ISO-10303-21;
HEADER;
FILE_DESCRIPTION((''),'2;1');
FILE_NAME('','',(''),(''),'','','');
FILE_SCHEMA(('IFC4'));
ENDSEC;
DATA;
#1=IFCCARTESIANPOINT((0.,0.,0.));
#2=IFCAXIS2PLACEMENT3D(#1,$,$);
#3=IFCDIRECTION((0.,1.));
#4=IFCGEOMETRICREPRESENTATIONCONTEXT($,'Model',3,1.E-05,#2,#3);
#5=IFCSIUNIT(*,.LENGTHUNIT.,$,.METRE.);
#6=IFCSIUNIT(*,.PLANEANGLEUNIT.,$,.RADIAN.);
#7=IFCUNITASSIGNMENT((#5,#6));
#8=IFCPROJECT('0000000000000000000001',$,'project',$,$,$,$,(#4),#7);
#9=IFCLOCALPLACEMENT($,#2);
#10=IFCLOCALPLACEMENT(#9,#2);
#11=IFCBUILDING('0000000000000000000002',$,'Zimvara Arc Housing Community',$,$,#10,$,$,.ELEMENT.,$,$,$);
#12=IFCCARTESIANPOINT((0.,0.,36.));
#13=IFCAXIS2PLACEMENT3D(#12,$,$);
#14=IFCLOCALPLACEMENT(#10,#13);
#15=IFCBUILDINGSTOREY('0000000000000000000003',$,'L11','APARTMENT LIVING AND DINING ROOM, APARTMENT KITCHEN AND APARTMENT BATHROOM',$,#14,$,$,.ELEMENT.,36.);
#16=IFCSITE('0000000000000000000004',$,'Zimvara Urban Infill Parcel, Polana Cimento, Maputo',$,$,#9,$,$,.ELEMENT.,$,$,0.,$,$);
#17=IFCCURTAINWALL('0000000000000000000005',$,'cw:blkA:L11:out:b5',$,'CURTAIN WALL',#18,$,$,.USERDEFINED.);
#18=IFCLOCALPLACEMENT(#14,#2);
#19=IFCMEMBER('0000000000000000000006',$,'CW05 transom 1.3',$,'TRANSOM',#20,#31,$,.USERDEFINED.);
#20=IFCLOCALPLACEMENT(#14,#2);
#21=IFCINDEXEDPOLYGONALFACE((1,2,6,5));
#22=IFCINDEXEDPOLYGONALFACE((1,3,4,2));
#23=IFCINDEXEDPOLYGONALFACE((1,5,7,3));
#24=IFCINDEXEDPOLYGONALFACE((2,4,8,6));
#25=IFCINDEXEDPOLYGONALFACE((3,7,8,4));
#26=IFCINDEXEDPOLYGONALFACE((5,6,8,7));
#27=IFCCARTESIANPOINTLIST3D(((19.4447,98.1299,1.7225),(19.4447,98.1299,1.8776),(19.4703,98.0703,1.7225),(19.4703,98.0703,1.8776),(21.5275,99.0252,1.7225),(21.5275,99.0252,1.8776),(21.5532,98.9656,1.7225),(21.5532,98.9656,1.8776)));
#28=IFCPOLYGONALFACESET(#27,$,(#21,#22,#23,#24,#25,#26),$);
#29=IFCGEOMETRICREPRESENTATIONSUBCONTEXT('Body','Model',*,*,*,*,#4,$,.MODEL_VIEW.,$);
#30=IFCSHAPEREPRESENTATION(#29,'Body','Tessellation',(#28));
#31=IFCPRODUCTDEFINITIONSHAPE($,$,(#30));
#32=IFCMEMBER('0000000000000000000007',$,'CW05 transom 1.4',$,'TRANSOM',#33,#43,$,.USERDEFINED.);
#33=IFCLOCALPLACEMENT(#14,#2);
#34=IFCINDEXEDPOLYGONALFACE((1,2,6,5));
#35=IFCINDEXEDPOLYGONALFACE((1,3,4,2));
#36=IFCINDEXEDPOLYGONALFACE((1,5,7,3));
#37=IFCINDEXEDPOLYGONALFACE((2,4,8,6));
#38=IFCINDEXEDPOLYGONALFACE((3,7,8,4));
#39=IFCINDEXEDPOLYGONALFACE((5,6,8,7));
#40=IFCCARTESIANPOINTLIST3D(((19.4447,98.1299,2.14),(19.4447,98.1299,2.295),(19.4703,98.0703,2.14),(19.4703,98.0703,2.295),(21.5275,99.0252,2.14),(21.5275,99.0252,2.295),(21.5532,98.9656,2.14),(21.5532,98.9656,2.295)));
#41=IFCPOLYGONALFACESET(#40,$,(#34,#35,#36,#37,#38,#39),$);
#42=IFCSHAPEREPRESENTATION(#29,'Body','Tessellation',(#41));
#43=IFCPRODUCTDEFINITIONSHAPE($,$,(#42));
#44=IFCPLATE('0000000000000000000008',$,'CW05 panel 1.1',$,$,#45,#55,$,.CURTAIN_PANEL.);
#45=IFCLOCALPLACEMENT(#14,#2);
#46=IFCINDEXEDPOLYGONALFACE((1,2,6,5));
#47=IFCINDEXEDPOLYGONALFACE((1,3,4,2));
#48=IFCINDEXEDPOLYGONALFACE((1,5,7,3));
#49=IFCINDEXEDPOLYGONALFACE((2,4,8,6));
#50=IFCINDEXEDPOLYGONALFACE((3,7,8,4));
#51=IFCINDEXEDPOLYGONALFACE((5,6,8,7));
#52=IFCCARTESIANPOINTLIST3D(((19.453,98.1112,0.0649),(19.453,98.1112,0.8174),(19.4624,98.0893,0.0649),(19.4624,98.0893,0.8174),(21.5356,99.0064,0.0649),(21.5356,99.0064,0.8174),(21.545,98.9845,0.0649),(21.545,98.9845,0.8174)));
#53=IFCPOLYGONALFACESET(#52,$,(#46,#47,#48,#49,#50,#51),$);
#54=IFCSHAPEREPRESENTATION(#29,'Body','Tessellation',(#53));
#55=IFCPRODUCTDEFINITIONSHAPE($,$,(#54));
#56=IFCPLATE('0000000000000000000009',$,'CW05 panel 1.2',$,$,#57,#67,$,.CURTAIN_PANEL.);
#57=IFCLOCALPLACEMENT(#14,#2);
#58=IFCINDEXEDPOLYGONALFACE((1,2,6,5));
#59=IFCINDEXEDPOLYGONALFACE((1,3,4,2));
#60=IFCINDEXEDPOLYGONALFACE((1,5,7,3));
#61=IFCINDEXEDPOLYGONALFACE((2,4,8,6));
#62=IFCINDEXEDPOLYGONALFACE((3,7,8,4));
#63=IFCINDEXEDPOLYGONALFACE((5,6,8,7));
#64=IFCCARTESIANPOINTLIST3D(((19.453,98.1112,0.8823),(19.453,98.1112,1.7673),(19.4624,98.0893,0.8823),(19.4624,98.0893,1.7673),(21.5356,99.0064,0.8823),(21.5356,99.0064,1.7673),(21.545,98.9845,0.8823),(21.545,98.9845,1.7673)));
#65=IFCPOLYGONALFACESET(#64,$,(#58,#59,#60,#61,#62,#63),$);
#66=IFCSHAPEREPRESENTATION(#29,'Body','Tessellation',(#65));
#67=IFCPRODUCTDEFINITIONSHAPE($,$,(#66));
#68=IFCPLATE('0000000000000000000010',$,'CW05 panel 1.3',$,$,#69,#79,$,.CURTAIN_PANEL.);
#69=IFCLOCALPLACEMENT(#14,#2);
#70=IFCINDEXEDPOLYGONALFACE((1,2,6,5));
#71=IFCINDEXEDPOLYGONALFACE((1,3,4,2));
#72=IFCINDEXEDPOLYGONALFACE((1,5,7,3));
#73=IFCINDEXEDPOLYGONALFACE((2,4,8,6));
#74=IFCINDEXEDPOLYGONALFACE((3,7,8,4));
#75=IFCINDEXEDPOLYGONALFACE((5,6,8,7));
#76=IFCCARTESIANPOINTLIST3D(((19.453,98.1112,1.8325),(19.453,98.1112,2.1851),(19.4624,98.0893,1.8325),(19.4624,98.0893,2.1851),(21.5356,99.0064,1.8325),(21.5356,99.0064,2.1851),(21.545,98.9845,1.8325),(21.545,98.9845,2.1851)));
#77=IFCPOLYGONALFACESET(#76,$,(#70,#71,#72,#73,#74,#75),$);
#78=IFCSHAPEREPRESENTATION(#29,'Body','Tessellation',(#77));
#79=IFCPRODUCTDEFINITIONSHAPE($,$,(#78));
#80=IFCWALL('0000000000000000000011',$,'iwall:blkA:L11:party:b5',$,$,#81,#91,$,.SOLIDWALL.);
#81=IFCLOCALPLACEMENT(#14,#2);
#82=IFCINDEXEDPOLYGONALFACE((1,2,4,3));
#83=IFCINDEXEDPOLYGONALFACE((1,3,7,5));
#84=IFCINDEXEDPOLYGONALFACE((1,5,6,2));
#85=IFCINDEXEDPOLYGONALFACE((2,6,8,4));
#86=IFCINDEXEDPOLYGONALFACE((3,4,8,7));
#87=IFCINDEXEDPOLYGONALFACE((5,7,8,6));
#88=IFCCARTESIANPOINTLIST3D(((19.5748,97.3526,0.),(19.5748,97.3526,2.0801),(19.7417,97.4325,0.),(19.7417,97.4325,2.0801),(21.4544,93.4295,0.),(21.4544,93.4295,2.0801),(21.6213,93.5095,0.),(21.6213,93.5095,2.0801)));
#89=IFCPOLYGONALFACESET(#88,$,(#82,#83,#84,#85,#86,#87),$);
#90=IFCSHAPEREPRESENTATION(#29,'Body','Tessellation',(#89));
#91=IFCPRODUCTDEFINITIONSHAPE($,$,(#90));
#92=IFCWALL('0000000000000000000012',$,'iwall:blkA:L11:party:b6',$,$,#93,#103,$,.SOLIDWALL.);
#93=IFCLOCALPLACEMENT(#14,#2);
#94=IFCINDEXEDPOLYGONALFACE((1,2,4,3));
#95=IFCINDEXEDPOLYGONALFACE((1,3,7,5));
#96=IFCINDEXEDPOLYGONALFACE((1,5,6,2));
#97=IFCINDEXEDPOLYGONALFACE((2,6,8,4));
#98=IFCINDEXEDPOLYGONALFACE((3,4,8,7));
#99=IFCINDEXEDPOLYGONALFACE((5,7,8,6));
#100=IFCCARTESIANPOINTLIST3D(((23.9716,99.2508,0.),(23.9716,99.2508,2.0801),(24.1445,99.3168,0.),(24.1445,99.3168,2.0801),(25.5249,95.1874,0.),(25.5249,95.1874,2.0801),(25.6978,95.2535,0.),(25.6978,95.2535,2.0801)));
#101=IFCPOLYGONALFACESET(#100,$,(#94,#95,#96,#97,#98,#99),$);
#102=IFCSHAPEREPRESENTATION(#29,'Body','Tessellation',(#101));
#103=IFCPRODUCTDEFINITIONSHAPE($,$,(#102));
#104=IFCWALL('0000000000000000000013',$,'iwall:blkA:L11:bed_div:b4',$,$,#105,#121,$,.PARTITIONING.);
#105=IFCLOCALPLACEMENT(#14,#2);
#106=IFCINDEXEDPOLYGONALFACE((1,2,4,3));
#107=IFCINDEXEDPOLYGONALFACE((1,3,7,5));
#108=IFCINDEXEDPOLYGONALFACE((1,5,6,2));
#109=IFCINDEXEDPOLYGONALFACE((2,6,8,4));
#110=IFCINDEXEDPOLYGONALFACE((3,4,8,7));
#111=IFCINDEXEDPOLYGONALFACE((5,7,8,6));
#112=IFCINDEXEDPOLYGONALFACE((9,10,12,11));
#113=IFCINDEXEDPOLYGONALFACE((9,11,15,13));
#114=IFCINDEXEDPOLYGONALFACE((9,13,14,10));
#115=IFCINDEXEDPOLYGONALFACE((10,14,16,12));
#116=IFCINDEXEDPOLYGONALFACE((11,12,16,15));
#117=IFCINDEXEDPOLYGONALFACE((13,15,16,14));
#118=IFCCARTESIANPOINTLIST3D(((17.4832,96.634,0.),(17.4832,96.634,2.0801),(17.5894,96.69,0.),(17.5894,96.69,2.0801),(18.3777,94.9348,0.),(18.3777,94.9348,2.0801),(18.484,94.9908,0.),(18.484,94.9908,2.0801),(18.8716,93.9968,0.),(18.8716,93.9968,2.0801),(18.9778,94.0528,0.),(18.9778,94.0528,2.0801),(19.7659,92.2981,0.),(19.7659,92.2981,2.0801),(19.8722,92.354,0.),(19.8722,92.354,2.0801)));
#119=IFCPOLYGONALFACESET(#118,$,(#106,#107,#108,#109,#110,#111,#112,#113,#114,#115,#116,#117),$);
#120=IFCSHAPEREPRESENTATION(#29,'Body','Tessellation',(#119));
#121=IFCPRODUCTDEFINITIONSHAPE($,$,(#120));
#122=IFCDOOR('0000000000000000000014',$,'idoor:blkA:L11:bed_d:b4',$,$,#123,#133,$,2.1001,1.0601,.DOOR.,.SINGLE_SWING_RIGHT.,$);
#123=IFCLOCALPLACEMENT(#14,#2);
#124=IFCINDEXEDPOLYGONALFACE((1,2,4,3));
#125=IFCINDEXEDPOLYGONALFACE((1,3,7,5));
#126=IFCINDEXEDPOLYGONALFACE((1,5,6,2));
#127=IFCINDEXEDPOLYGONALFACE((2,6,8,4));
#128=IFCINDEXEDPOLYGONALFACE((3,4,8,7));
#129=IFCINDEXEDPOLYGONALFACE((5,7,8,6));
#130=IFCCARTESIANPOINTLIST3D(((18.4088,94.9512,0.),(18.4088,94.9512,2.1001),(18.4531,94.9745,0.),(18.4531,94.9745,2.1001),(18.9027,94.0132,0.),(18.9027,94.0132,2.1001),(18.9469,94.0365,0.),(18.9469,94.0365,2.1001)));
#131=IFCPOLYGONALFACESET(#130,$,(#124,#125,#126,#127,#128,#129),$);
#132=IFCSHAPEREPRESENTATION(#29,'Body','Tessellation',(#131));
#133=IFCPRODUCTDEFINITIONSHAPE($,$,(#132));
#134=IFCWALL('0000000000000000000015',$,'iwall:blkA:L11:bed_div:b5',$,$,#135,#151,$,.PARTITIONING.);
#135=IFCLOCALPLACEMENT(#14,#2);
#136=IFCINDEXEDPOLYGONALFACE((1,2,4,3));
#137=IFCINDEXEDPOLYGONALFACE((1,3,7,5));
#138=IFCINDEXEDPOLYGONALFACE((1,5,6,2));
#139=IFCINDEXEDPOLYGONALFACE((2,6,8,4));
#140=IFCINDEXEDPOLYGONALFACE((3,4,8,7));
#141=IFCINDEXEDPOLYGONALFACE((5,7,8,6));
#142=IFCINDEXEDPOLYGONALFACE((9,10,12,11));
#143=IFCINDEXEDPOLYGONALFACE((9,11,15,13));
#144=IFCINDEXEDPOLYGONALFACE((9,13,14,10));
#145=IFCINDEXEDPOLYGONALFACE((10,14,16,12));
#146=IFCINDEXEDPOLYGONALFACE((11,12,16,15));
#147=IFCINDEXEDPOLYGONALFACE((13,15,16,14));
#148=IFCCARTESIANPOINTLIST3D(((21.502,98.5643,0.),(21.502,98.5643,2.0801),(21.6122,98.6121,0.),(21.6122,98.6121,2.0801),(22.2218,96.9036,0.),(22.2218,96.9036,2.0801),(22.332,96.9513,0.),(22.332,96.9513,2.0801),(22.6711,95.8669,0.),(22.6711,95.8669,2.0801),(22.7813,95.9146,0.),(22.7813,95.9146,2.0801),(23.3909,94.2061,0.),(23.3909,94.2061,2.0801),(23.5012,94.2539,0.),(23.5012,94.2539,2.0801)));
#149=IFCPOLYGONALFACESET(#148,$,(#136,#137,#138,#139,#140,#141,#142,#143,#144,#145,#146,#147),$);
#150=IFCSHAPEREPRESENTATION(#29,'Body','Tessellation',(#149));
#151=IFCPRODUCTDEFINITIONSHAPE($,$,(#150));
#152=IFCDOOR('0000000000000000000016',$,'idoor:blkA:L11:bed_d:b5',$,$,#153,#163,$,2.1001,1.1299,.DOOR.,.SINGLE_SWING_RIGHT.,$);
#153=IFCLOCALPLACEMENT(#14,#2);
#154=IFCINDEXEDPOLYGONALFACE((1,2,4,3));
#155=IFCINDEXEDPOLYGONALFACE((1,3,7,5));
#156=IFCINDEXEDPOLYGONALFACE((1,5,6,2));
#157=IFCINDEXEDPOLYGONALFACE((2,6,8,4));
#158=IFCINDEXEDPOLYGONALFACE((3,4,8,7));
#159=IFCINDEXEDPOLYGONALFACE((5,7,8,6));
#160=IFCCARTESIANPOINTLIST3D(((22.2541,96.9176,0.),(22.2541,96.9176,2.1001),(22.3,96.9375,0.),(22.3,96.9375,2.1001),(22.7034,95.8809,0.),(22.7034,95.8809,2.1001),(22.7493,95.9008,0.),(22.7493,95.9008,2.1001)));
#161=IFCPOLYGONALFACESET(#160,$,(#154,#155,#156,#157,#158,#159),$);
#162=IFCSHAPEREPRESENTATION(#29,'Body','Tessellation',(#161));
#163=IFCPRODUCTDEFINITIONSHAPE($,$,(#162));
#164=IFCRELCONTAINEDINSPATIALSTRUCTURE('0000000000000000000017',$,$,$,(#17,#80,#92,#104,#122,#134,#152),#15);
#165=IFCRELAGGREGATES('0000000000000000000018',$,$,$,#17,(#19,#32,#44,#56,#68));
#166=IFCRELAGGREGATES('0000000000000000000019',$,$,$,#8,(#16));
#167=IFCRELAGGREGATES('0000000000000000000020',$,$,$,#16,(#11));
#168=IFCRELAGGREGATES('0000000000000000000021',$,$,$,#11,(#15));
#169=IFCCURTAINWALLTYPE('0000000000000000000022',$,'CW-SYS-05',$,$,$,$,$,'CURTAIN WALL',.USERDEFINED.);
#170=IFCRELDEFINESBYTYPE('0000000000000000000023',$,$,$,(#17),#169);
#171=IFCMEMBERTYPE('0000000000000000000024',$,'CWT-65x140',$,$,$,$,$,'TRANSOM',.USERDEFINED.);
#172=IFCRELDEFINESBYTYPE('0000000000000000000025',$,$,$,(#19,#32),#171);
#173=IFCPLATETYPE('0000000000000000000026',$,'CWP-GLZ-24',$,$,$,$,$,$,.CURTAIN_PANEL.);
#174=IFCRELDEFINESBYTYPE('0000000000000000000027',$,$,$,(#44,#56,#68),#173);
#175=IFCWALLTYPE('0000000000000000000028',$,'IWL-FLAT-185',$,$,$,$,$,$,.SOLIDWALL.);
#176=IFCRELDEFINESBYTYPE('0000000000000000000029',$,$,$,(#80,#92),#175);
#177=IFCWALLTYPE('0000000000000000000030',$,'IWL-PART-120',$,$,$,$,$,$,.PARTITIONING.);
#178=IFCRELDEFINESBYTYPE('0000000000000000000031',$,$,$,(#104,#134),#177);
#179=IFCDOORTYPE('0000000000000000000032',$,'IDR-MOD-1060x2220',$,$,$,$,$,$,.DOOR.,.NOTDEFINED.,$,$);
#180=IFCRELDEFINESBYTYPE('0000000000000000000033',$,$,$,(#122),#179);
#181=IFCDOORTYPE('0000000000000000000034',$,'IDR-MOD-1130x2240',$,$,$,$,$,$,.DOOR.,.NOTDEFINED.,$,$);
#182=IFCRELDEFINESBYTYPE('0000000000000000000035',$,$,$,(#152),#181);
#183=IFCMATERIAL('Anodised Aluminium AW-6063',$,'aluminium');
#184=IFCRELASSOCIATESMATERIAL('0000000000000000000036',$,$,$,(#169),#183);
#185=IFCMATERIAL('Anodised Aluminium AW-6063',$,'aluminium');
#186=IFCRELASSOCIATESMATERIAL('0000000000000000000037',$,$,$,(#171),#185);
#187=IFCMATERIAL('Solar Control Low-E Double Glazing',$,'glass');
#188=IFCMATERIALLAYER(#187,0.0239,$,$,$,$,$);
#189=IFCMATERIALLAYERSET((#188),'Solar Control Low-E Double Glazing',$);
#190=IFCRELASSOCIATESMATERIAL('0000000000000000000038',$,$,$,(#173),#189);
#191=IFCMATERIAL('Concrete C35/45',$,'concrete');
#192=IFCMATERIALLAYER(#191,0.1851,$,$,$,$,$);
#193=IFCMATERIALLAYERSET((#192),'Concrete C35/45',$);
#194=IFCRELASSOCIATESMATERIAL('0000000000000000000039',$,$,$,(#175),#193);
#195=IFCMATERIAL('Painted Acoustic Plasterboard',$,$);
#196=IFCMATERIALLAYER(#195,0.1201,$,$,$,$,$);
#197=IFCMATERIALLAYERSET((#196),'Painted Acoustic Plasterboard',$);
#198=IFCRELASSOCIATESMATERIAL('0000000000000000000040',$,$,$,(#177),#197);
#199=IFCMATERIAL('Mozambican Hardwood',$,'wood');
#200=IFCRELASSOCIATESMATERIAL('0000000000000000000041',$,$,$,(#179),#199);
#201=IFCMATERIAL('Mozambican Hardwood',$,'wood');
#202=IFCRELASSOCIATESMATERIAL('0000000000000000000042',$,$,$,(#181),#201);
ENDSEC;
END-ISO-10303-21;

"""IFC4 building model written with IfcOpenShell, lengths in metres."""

from ifc_helpers import new_model, si_unit, direction, frame, frame_2d, origin, origin_2d, place, context, subcontext, project, spatial, rectangle, extrude, material, layer, layer_set, material_profile, profile_set, type_object, element, fill, aggregate, save


model = new_model("IFC4")

# Units and contexts
model_context = context("Model", 3, precision=1e-05, world=origin(), true_north=direction((0.0, 1.0)))
body_context = subcontext(model_context, "Body", "Model", "MODEL_VIEW")
ifc_project = project(units=[si_unit("LENGTHUNIT", "METRE"), si_unit("PLANEANGLEUNIT", "RADIAN")], contexts=[model_context])

# Site, building, storey
site_placement = place(None, origin())
site = spatial("IfcSite", under=ifc_project, at=site_placement, Name="Zimvara Urban Infill Parcel, Polana Cimento, Maputo", CompositionType="ELEMENT", RefElevation=0.0)
building_placement = place(site_placement, origin())
building = spatial("IfcBuilding", under=site, at=building_placement, Name="Zimvara Arc Housing Community", CompositionType="ELEMENT")
storey_placement = place(building_placement, frame((0.0, 0.0, 36.0)))
storey = spatial("IfcBuildingStorey", under=building, at=storey_placement, Name="L11", Description="APARTMENT LIVING AND DINING ROOM, APARTMENT KITCHEN AND APARTMENT BATHROOM", CompositionType="ELEMENT", Elevation=36.0)

# Curtain wall, members, plates
ifc_material_1 = material(Name="Anodised Aluminium AW-6063", Category="aluminium")
curtain_wall_type = type_object("IfcCurtainWallType", Name="CW-SYS-05", ElementType="CURTAIN WALL", PredefinedType="USERDEFINED", material=ifc_material_1)
curtain_wall_placement = place(storey_placement, origin())
curtain_wall = element("IfcCurtainWall", 1, at=curtain_wall_placement, inside=storey, type_object=curtain_wall_type, Name="cw:blkA:L11:out:b5", ObjectType="CURTAIN WALL", PredefinedType="USERDEFINED")
ifc_material_2 = material(Name="Anodised Aluminium AW-6063", Category="aluminium")
ifc_material_profile_1 = material_profile(ifc_material_2, rectangle(XDim=0.0649, YDim=0.155, at=origin_2d()), Name="ALU 65x155")
ifc_profile_set_1 = profile_set([ifc_material_profile_1], Name="Anodised Aluminium AW-6063")
member_type_1 = type_object("IfcMemberType", Name="CWT-65x140", ElementType="TRANSOM", PredefinedType="USERDEFINED", material=ifc_profile_set_1)
member_1_placement = place(storey_placement, frame((19.4575, 98.1001, 1.8), z_axis=(0.918721, 0.394907, 0.0), x_axis=(-0.394907, 0.918721, 0.0)))
member_1 = element("IfcMember", 2, at=member_1_placement, type_object=member_type_1, Name="CW05 transom 1.3", ObjectType="TRANSOM", PredefinedType="USERDEFINED", context=body_context, shape_type="SweptSolid", body=[
    extrude(rectangle(XDim=0.0649, YDim=0.155, at=origin_2d()), origin(), (0.0, 0.0, 1.0), 2.2671),
])
member_2_placement = place(storey_placement, frame((19.4575, 98.1001, 2.2175), z_axis=(0.918721, 0.394907, 0.0), x_axis=(-0.394907, 0.918721, 0.0)))
member_2 = element("IfcMember", 3, at=member_2_placement, type_object=member_type_1, Name="CW05 transom 1.4", ObjectType="TRANSOM", PredefinedType="USERDEFINED", context=body_context, shape_type="SweptSolid", body=[
    extrude(rectangle(XDim=0.0649, YDim=0.155, at=origin_2d()), origin(), (0.0, 0.0, 1.0), 2.2671),
])
ifc_material_3 = material(Name="Solar Control Low-E Double Glazing", Category="glass")
ifc_layer_1 = layer(ifc_material_3, 0.0239)
ifc_layer_set_1 = layer_set([ifc_layer_1], Name="Solar Control Low-E Double Glazing")
plate_type = type_object("IfcPlateType", Name="CWP-GLZ-24", PredefinedType="CURTAIN_PANEL", material=ifc_layer_set_1)
plate_1_placement = place(storey_placement, frame((20.499, 98.5479, 0.0649), z_axis=(0.0, 0.0, 1.0), x_axis=(0.918722, 0.394904, 0.0)))
plate_1 = element("IfcPlate", 4, at=plate_1_placement, type_object=plate_type, Name="CW05 panel 1.1", PredefinedType="CURTAIN_PANEL", context=body_context, shape_type="SweptSolid", body=[
    extrude(rectangle(XDim=2.2668, YDim=0.0239, at=origin_2d()), origin(), (0.0, 0.0, 1.0), 0.7524),
])
plate_2_placement = place(storey_placement, frame((20.499, 98.5479, 0.8823), z_axis=(0.0, 0.0, 1.0), x_axis=(0.918722, 0.394904, 0.0)))
plate_2 = element("IfcPlate", 5, at=plate_2_placement, type_object=plate_type, Name="CW05 panel 1.2", PredefinedType="CURTAIN_PANEL", context=body_context, shape_type="SweptSolid", body=[
    extrude(rectangle(XDim=2.2668, YDim=0.0239, at=origin_2d()), origin(), (0.0, 0.0, 1.0), 0.885),
])
plate_3_placement = place(storey_placement, frame((20.499, 98.5479, 1.8325), z_axis=(0.0, 0.0, 1.0), x_axis=(0.918722, 0.394904, 0.0)))
plate_3 = element("IfcPlate", 6, at=plate_3_placement, type_object=plate_type, Name="CW05 panel 1.3", PredefinedType="CURTAIN_PANEL", context=body_context, shape_type="SweptSolid", body=[
    extrude(rectangle(XDim=2.2668, YDim=0.0239, at=origin_2d()), origin(), (0.0, 0.0, 1.0), 0.3525),
])
aggregate(curtain_wall, [member_1, member_2, plate_1, plate_2, plate_3])

# Walls
ifc_material_4 = material(Name="Concrete C35/45", Category="concrete")
ifc_layer_2 = layer(ifc_material_4, 0.1851)
ifc_layer_set_2 = layer_set([ifc_layer_2], Name="Concrete C35/45")
wall_type_1 = type_object("IfcWallType", Name="IWL-FLAT-185", PredefinedType="SOLIDWALL", material=ifc_layer_set_2)
for number, where, z_axis, x_axis, name in (
    (7, (21.5378, 93.4695, 0.0), (0.0, 0.0, 1.0), (-0.432087, 0.901832, 0.0), "iwall:blkA:L11:party:b5"),
    (8, (25.6113, 95.2205, 0.0), (0.0, 0.0, 1.0), (-0.357064, 0.93408, 0.0), "iwall:blkA:L11:party:b6"),
):
    element("IfcWall", number, at=place(storey_placement, frame(where, z_axis=z_axis, x_axis=x_axis)), inside=storey, type_object=wall_type_1, Name=name, PredefinedType="SOLIDWALL", context=body_context, shape_type="SweptSolid", body=[
        extrude(rectangle(XDim=4.3501, YDim=0.1851, at=frame_2d((2.175, 0.0))), origin(), (0.0, 0.0, 1.0), 2.0801),
    ])

# Walls, openings, doors
ifc_material_5 = material(Name="Painted Acoustic Plasterboard")
ifc_layer_3 = layer(ifc_material_5, 0.1201)
ifc_layer_set_3 = layer_set([ifc_layer_3], Name="Painted Acoustic Plasterboard")
wall_type_2 = type_object("IfcWallType", Name="IWL-PART-120", PredefinedType="PARTITIONING", material=ifc_layer_set_3)
wall_1_placement = place(storey_placement, frame((19.8191, 92.3259, 0.0), z_axis=(0.0, 0.0, 1.0), x_axis=(-0.465849, 0.884864, 0.0)))
wall_1 = element("IfcWall", 9, at=wall_1_placement, inside=storey, type_object=wall_type_2, Name="iwall:blkA:L11:bed_div:b4", PredefinedType="PARTITIONING", context=body_context, shape_type="SweptSolid", body=[
    extrude(rectangle(XDim=4.9001, YDim=0.1201, at=frame_2d((2.4502, 0.0))), origin(), (0.0, 0.0, 1.0), 2.0801),
])
opening_1_placement = place(wall_1_placement, frame((1.9199, 0.0, 0.0)))
opening_1 = element("IfcOpeningElement", 10, at=opening_1_placement, cuts=wall_1, PredefinedType="OPENING", context=body_context, shape_type="SweptSolid", body=[
    extrude(rectangle(XDim=1.0601, YDim=2.1001, at=frame_2d((0.53, 1.05))), frame((0.0, 0.0701, 0.0), z_axis=(0.0, -1.0, 0.0), x_axis=(1.0, 0.0, 0.0)), (0.0, 0.0, 1.0), 0.1401),
])
ifc_material_6 = material(Name="Mozambican Hardwood", Category="wood")
door_type_1 = type_object("IfcDoorType", Name="IDR-MOD-1060x2220", OperationType="NOTDEFINED", PredefinedType="DOOR", material=ifc_material_6)
door_1_placement = place(opening_1_placement, origin())
door_1 = element("IfcDoor", 11, at=door_1_placement, inside=storey, type_object=door_type_1, Name="idoor:blkA:L11:bed_d:b4", OperationType="SINGLE_SWING_RIGHT", OverallHeight=2.1001, OverallWidth=1.0601, PredefinedType="DOOR", context=body_context, shape_type="SweptSolid", body=[
    extrude(rectangle(XDim=1.0601, YDim=2.1001, at=frame_2d((0.53, 1.05))), frame((0.0, 0.0249, 0.0), z_axis=(0.0, -1.0, 0.0), x_axis=(1.0, 0.0, 0.0)), (0.0, 0.0, 1.0), 0.05),
])
fill(opening_1, door_1)
wall_2_placement = place(storey_placement, frame((23.446, 94.23, 0.0), z_axis=(0.0, 0.0, 1.0), x_axis=(-0.397675, 0.917526, 0.0)))
wall_2 = element("IfcWall", 12, at=wall_2_placement, inside=storey, type_object=wall_type_2, Name="iwall:blkA:L11:bed_div:b5", PredefinedType="PARTITIONING", context=body_context, shape_type="SweptSolid", body=[
    extrude(rectangle(XDim=4.75, YDim=0.1201, at=frame_2d((2.375, 0.0))), origin(), (0.0, 0.0, 1.0), 2.0801),
])
opening_2_placement = place(wall_2_placement, frame((1.8101, 0.0, 0.0)))
opening_2 = element("IfcOpeningElement", 13, at=opening_2_placement, cuts=wall_2, PredefinedType="OPENING", context=body_context, shape_type="SweptSolid", body=[
    extrude(rectangle(XDim=1.1299, YDim=2.1001, at=frame_2d((0.5649, 1.05))), frame((0.0, 0.0701, 0.0), z_axis=(0.0, -1.0, 0.0), x_axis=(1.0, 0.0, 0.0)), (0.0, 0.0, 1.0), 0.1401),
])
ifc_material_7 = material(Name="Mozambican Hardwood", Category="wood")
door_type_2 = type_object("IfcDoorType", Name="IDR-MOD-1130x2240", OperationType="NOTDEFINED", PredefinedType="DOOR", material=ifc_material_7)
door_2_placement = place(opening_2_placement, origin())
door_2 = element("IfcDoor", 14, at=door_2_placement, inside=storey, type_object=door_type_2, Name="idoor:blkA:L11:bed_d:b5", OperationType="SINGLE_SWING_RIGHT", OverallHeight=2.1001, OverallWidth=1.1299, PredefinedType="DOOR", context=body_context, shape_type="SweptSolid", body=[
    extrude(rectangle(XDim=1.1299, YDim=2.1001, at=frame_2d((0.5649, 1.05))), frame((0.0, 0.0249, 0.0), z_axis=(0.0, -1.0, 0.0), x_axis=(1.0, 0.0, 0.0)), (0.0, 0.0, 1.0), 0.05),
])
fill(opening_2, door_2)

save(model, "model.ifc")
